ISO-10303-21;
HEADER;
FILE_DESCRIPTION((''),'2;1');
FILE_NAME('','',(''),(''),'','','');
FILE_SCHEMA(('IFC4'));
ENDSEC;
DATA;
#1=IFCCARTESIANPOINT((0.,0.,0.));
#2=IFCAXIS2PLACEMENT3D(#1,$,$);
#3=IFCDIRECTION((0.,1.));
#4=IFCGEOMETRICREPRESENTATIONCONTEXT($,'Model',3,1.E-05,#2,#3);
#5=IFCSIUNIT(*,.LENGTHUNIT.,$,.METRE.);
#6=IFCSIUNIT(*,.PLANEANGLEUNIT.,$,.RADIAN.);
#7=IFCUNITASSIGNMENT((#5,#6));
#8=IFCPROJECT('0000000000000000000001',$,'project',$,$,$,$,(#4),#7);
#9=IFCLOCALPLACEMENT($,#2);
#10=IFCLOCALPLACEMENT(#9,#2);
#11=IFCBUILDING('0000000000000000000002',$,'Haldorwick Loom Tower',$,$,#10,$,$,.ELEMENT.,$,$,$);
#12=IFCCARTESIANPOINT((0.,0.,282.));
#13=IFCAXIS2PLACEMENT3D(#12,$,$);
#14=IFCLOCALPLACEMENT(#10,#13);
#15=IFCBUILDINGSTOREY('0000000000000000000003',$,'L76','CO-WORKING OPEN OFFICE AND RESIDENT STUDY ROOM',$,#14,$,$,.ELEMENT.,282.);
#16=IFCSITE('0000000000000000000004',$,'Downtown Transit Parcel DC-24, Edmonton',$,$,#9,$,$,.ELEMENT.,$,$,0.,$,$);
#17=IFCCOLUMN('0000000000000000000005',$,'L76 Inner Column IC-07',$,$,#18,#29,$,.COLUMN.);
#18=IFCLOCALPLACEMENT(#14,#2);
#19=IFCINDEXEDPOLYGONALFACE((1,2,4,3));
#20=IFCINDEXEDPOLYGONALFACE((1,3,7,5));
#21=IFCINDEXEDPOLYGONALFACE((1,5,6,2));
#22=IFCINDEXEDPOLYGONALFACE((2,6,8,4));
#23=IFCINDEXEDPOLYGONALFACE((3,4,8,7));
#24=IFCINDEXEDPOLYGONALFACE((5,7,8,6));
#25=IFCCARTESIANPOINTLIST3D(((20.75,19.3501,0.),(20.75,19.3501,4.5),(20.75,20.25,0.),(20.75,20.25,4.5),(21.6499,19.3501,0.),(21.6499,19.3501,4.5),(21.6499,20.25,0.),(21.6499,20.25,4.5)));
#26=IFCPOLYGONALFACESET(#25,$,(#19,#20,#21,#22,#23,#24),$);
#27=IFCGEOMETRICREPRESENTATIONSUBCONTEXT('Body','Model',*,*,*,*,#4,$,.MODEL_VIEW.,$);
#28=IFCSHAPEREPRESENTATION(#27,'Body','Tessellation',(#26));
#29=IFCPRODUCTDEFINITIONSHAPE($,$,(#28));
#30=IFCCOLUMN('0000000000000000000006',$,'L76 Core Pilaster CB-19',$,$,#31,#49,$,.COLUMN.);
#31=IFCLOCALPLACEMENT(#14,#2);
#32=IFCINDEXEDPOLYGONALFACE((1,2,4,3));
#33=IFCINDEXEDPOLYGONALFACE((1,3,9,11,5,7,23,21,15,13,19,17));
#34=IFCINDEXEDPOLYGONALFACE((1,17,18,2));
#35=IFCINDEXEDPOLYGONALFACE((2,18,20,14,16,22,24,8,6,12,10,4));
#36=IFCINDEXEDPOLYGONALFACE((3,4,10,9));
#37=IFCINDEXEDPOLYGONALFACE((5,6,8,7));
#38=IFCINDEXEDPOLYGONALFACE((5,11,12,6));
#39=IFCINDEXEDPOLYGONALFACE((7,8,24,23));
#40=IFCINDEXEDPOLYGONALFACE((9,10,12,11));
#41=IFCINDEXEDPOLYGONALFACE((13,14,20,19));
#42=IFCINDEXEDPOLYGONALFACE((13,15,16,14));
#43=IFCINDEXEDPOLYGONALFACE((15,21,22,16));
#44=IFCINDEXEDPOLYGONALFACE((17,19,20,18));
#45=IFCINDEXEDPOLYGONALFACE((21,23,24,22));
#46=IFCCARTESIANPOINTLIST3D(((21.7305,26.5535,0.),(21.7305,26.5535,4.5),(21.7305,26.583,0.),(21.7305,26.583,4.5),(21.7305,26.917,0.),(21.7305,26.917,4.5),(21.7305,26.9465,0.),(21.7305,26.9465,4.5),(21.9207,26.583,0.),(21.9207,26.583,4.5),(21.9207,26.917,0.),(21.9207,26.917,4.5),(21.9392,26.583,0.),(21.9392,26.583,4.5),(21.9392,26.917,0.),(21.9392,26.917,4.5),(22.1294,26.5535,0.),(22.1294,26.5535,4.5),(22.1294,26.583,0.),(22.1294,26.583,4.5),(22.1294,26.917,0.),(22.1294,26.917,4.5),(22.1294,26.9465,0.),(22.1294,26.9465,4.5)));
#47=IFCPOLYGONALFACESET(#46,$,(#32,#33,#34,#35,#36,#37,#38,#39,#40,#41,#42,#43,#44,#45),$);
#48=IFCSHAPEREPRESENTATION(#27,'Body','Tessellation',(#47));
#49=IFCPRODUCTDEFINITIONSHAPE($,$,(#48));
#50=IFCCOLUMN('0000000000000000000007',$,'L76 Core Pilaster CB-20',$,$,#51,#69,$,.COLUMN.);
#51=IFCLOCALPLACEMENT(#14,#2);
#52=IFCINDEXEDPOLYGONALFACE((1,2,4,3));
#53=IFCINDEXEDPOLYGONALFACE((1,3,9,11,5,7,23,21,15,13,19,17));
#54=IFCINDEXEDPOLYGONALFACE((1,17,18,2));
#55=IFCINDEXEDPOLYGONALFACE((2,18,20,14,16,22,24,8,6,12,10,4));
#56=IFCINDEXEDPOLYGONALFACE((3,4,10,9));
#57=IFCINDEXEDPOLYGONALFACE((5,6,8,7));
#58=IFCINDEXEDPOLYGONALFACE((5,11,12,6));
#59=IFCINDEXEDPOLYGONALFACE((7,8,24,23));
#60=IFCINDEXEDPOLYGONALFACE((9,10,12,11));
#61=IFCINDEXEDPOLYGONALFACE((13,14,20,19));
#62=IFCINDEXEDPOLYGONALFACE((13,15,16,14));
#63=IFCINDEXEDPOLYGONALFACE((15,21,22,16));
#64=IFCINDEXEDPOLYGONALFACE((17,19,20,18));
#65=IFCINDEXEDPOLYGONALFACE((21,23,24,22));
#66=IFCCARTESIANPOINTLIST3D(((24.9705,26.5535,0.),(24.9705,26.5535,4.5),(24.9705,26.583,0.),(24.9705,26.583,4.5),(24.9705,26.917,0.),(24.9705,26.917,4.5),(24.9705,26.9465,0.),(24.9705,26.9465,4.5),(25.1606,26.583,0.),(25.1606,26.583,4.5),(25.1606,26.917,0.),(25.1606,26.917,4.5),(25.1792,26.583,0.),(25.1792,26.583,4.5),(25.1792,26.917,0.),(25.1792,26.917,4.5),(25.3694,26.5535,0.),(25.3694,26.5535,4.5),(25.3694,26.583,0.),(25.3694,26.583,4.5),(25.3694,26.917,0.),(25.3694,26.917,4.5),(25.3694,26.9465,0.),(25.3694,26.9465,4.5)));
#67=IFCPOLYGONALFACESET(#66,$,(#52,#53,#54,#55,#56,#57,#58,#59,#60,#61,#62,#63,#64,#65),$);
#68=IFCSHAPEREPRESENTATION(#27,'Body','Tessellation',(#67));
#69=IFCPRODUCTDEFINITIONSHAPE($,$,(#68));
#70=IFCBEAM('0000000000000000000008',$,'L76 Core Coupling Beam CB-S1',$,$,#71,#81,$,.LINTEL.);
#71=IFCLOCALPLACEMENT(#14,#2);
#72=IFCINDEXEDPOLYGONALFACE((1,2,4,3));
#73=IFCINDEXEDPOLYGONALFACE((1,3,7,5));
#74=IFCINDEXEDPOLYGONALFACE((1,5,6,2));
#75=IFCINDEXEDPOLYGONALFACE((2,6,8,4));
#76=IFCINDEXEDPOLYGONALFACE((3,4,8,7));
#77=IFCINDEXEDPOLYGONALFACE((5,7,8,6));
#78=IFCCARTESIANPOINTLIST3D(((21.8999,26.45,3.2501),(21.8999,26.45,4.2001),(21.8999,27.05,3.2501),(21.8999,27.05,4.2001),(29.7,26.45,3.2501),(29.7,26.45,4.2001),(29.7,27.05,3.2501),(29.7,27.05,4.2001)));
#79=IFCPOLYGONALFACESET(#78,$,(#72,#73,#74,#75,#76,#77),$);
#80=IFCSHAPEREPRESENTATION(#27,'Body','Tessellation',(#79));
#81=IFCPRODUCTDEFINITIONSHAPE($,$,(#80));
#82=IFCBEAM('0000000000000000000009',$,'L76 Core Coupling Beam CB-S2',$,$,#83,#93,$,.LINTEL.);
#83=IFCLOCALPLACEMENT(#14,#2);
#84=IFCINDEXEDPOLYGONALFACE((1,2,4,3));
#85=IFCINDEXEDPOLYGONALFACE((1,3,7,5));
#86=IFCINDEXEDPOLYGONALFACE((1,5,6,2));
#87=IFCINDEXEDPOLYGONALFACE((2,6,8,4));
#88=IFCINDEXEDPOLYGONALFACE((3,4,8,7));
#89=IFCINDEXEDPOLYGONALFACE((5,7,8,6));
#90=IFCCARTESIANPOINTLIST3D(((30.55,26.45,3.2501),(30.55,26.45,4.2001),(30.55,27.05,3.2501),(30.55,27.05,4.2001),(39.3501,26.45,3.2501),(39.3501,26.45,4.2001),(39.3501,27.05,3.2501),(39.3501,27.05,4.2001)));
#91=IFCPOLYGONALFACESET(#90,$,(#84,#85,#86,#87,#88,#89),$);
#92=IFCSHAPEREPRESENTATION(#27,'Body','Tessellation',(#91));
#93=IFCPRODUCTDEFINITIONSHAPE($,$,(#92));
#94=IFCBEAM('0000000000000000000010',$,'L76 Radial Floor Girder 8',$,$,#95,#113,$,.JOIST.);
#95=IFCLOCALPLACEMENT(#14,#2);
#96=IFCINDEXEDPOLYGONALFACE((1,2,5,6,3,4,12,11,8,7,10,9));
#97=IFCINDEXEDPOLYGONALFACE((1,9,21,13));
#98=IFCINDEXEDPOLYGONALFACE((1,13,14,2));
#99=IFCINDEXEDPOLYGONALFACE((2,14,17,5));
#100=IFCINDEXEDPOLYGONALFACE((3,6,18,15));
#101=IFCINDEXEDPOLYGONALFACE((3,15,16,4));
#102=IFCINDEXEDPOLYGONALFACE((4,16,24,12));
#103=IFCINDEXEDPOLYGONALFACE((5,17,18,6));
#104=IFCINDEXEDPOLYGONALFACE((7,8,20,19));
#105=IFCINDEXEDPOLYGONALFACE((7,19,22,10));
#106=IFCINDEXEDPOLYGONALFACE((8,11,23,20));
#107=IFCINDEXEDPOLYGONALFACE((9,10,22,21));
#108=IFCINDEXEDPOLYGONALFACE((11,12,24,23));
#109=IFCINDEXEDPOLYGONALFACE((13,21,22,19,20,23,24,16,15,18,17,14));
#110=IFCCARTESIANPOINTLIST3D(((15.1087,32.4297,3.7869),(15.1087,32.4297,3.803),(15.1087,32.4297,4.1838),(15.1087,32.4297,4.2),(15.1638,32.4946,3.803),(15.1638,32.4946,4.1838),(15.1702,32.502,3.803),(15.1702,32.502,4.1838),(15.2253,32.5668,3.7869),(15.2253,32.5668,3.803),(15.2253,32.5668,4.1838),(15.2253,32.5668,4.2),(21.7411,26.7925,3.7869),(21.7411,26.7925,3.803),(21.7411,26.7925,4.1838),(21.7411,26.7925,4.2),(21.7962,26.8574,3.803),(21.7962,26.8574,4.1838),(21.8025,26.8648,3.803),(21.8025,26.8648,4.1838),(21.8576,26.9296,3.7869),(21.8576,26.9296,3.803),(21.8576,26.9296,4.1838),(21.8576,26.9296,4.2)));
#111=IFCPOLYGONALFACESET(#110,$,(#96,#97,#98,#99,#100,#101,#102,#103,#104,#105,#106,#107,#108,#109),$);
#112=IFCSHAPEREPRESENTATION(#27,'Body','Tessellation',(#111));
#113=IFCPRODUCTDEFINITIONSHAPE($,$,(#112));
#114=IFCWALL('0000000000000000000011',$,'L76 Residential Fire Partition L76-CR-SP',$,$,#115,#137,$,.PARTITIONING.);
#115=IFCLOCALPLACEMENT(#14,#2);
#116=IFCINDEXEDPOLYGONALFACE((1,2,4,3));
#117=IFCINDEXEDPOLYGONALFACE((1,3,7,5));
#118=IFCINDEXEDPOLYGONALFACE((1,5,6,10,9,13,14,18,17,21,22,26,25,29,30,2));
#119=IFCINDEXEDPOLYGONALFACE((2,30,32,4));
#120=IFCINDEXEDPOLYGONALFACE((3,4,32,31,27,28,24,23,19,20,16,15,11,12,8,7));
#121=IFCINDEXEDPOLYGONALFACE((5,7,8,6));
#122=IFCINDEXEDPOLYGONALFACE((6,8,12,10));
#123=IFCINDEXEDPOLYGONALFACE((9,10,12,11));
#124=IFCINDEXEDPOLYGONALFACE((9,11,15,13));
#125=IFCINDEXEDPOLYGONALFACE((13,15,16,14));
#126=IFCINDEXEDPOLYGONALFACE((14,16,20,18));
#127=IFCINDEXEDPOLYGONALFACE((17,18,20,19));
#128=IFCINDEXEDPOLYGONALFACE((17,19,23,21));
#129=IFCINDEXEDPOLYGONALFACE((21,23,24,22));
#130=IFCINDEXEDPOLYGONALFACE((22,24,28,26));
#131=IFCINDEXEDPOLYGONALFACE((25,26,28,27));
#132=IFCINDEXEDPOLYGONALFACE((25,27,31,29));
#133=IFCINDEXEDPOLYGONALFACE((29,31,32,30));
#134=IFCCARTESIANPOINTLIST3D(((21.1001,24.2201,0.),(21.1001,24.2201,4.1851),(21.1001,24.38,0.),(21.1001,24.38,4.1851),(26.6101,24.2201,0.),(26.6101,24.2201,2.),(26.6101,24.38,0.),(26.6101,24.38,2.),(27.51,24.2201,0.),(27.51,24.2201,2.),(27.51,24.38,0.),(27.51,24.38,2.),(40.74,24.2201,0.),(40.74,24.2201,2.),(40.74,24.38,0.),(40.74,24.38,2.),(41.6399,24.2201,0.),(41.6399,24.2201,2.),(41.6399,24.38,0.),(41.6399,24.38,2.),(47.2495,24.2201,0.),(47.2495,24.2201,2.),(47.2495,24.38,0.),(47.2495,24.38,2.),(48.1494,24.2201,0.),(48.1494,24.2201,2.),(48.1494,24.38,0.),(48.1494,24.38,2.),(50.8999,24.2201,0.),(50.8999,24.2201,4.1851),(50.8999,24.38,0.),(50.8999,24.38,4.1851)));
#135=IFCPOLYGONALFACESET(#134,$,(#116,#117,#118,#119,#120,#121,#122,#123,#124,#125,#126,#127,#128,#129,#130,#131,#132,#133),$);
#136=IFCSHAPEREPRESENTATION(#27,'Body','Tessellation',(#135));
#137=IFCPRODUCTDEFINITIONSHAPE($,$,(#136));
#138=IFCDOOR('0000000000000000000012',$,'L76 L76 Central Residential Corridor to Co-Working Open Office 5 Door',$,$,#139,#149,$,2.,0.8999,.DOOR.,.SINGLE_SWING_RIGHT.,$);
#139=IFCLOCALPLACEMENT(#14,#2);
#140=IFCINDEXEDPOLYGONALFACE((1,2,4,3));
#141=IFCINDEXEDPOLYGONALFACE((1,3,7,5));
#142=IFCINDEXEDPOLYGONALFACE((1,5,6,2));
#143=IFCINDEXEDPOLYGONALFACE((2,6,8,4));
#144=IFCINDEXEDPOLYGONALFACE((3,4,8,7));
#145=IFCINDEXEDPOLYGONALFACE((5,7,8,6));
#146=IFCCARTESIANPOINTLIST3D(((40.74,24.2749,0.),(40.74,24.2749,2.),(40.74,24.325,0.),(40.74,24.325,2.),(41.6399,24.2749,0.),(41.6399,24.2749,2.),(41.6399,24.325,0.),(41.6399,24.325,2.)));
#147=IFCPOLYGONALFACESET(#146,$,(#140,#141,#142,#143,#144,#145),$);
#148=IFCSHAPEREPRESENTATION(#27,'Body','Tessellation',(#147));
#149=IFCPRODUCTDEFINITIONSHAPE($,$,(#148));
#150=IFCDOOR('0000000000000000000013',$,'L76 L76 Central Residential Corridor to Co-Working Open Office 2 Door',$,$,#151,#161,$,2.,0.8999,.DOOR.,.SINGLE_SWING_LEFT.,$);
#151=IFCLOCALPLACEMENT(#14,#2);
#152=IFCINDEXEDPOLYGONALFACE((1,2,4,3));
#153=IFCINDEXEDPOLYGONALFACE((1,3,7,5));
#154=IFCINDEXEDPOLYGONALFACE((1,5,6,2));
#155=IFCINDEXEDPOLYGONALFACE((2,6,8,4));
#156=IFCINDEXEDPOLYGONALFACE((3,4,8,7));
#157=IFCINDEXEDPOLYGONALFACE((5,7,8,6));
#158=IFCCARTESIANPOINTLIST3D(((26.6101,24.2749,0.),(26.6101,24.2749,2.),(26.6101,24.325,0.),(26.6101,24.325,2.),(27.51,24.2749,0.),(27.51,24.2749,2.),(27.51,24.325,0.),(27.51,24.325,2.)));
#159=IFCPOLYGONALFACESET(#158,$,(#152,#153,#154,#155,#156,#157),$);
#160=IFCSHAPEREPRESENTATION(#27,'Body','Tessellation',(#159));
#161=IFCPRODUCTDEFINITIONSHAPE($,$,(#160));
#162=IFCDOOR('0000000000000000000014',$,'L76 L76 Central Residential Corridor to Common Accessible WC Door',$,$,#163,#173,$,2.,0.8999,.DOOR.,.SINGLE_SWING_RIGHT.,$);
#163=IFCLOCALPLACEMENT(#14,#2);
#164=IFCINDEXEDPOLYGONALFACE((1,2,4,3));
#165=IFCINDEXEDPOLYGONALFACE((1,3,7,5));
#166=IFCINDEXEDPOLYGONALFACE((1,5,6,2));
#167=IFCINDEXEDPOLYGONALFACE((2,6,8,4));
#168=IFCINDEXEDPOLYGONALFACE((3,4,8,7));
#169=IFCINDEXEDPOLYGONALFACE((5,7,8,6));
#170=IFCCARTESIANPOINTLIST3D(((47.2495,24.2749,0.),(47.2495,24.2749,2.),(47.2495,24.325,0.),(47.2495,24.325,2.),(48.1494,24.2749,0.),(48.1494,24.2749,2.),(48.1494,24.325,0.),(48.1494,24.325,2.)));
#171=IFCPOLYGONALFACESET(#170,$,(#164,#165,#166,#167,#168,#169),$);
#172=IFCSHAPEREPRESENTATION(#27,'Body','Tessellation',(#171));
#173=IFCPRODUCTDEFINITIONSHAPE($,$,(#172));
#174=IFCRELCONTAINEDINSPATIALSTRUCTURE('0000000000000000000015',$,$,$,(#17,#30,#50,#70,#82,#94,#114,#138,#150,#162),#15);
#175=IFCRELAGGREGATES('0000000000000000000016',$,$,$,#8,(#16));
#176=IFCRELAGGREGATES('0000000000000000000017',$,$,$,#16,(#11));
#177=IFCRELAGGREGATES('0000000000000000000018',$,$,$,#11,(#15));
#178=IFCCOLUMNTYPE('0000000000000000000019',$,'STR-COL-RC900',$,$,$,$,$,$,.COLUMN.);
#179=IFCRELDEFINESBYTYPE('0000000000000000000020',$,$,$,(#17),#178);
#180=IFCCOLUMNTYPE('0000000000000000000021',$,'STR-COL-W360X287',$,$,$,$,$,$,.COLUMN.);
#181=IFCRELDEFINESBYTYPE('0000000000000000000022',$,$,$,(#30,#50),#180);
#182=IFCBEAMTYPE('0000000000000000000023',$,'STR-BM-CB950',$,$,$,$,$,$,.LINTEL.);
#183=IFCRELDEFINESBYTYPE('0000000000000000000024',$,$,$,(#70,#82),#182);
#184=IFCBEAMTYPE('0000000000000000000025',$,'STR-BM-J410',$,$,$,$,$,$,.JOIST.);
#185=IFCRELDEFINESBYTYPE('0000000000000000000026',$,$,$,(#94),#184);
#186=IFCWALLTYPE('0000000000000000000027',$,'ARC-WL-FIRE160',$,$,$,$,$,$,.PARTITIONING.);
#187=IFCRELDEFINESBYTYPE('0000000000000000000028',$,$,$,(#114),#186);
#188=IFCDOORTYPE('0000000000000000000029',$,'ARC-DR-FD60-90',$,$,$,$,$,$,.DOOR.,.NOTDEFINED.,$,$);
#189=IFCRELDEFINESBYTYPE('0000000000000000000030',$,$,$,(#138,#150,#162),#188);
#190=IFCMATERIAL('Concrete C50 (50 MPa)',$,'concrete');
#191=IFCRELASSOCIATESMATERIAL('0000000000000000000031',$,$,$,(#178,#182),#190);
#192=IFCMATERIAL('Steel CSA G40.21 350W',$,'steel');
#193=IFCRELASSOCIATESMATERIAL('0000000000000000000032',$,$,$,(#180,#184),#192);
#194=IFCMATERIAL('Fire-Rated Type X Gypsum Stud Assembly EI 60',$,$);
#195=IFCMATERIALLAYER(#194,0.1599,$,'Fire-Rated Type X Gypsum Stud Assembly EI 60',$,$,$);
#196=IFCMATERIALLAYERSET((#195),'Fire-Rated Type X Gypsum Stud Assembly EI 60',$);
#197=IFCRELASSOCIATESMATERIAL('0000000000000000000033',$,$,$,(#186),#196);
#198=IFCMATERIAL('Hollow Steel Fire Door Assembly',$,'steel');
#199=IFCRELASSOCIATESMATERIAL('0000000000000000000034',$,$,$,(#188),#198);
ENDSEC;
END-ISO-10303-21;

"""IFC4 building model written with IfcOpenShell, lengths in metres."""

from ifc_helpers import new_model, si_unit, direction, frame, frame_2d, origin, origin_2d, place, context, subcontext, project, spatial, rectangle, i_section, extrude, material, layer, layer_set, material_profile, profile_set, type_object, element, fill, save


model = new_model("IFC4")

# Units and contexts
model_context = context("Model", 3, precision=1e-05, world=origin(), true_north=direction((0.0, 1.0)))
body_context = subcontext(model_context, "Body", "Model", "MODEL_VIEW")
ifc_project = project(units=[si_unit("LENGTHUNIT", "METRE"), si_unit("PLANEANGLEUNIT", "RADIAN")], contexts=[model_context])

# Site, building, storey
site_placement = place(None, origin())
site = spatial("IfcSite", under=ifc_project, at=site_placement, Name="Downtown Transit Parcel DC-24, Edmonton", CompositionType="ELEMENT", RefElevation=0.0)
building_placement = place(site_placement, origin())
building = spatial("IfcBuilding", under=site, at=building_placement, Name="Haldorwick Loom Tower", CompositionType="ELEMENT")
storey_placement = place(building_placement, frame((0.0, 0.0, 282.0)))
storey = spatial("IfcBuildingStorey", under=building, at=storey_placement, Name="L76", Description="CO-WORKING OPEN OFFICE AND RESIDENT STUDY ROOM", CompositionType="ELEMENT", Elevation=282.0)

# Columns
ifc_material_1 = material(Name="Concrete C50 (50 MPa)", Category="concrete")
ifc_material_profile_1 = material_profile(ifc_material_1, rectangle(XDim=0.8999, YDim=0.8999, at=origin_2d()), Name="RC900X900", Category="concrete")
ifc_profile_set_1 = profile_set([ifc_material_profile_1], Name="Concrete C50 (50 MPa)")
column_type_1 = type_object("IfcColumnType", Name="STR-COL-RC900", PredefinedType="COLUMN", material=ifc_profile_set_1)
column_placement = place(storey_placement, frame((21.2, 19.8, 0.0), z_axis=(0.0, 0.0, 1.0), x_axis=(1.0, 0.0, 0.0)))
element("IfcColumn", 1, at=column_placement, inside=storey, type_object=column_type_1, Name="L76 Inner Column IC-07", PredefinedType="COLUMN", context=body_context, shape_type="SweptSolid", body=[
    extrude(rectangle(XDim=0.8999, YDim=0.8999, at=origin_2d()), origin(), (0.0, 0.0, 1.0), 4.5),
])
ifc_material_2 = material(Name="Steel CSA G40.21 350W", Category="steel")
ifc_material_profile_2 = material_profile(ifc_material_2, i_section(OverallWidth=0.3989, OverallDepth=0.3931, WebThickness=0.0186, FlangeThickness=0.0295, at=origin_2d()), Name="W360X287", Category="steel")
ifc_profile_set_2 = profile_set([ifc_material_profile_2], Name="Steel CSA G40.21 350W")
column_type_2 = type_object("IfcColumnType", Name="STR-COL-W360X287", PredefinedType="COLUMN", material=ifc_profile_set_2)
for number, where, z_axis, x_axis, name in (
    (2, (21.9299, 26.75, 0.0), (0.0, 0.0, 1.0), (1.0, 0.0, 0.0), "L76 Core Pilaster CB-19"),
    (3, (25.1699, 26.75, 0.0), (0.0, 0.0, 1.0), (1.0, 0.0, 0.0), "L76 Core Pilaster CB-20"),
):
    element("IfcColumn", number, at=place(storey_placement, frame(where, z_axis=z_axis, x_axis=x_axis)), inside=storey, type_object=column_type_2, Name=name, PredefinedType="COLUMN", context=body_context, shape_type="SweptSolid", body=[
        extrude(i_section(OverallWidth=0.3989, OverallDepth=0.3931, WebThickness=0.0186, FlangeThickness=0.0295, at=origin_2d()), origin(), (0.0, 0.0, 1.0), 4.5),
    ])

# Beams
ifc_material_profile_3 = material_profile(ifc_material_1, rectangle(XDim=0.6001, YDim=0.95, at=origin_2d()), Name="RC600X950", Category="concrete")
ifc_profile_set_3 = profile_set([ifc_material_profile_3], Name="Concrete C50 (50 MPa)")
beam_type_1 = type_object("IfcBeamType", Name="STR-BM-CB950", PredefinedType="LINTEL", material=ifc_profile_set_3)
beam_1_placement = place(storey_placement, frame((21.8999, 26.75, 3.7251), z_axis=(1.0, 0.0, 0.0), x_axis=(0.0, 1.0, 0.0)))
element("IfcBeam", 4, at=beam_1_placement, inside=storey, type_object=beam_type_1, Name="L76 Core Coupling Beam CB-S1", PredefinedType="LINTEL", context=body_context, shape_type="SweptSolid", body=[
    extrude(rectangle(XDim=0.6001, YDim=0.95, at=origin_2d()), origin(), (0.0, 0.0, 1.0), 7.8),
])
beam_2_placement = place(storey_placement, frame((30.55, 26.75, 3.7251), z_axis=(1.0, 0.0, 0.0), x_axis=(0.0, 1.0, 0.0)))
element("IfcBeam", 5, at=beam_2_placement, inside=storey, type_object=beam_type_1, Name="L76 Core Coupling Beam CB-S2", PredefinedType="LINTEL", context=body_context, shape_type="SweptSolid", body=[
    extrude(rectangle(XDim=0.6001, YDim=0.95, at=origin_2d()), origin(), (0.0, 0.0, 1.0), 8.8),
])
ifc_material_profile_4 = material_profile(ifc_material_2, i_section(OverallWidth=0.1799, OverallDepth=0.4131, WebThickness=0.0098, FlangeThickness=0.0161, at=origin_2d()), Name="W410X74", Category="steel")
ifc_profile_set_4 = profile_set([ifc_material_profile_4], Name="Steel CSA G40.21 350W")
beam_type_2 = type_object("IfcBeamType", Name="STR-BM-J410", PredefinedType="JOIST", material=ifc_profile_set_4)
beam_3_placement = place(storey_placement, frame((21.7993, 26.8611, 3.9934), z_axis=(-0.761955, 0.647631, 0.0), x_axis=(-0.647631, -0.761955, 0.0)))
element("IfcBeam", 6, at=beam_3_placement, inside=storey, type_object=beam_type_2, Name="L76 Radial Floor Girder 8", PredefinedType="JOIST", context=body_context, shape_type="SweptSolid", body=[
    extrude(i_section(OverallWidth=0.1799, OverallDepth=0.4131, WebThickness=0.0098, FlangeThickness=0.0161, at=origin_2d()), origin(), (0.0, 0.0, 1.0), 8.7043),
])

# Wall, openings, doors
ifc_material_3 = material(Name="Fire-Rated Type X Gypsum Stud Assembly EI 60")
ifc_layer_1 = layer(ifc_material_3, 0.1599, Name="Fire-Rated Type X Gypsum Stud Assembly EI 60")
ifc_layer_set_1 = layer_set([ifc_layer_1], Name="Fire-Rated Type X Gypsum Stud Assembly EI 60")
wall_type_1 = type_object("IfcWallType", Name="ARC-WL-FIRE160", PredefinedType="PARTITIONING", material=ifc_layer_set_1)
wall_1_placement = place(storey_placement, frame((21.1001, 24.3, 0.0), z_axis=(0.0, 0.0, 1.0), x_axis=(1.0, 0.0, 0.0)))
wall_1 = element("IfcWall", 7, at=wall_1_placement, inside=storey, type_object=wall_type_1, Name="L76 Residential Fire Partition L76-CR-SP", PredefinedType="PARTITIONING", context=body_context, shape_type="SweptSolid", body=[
    extrude(rectangle(XDim=29.7998, YDim=0.1599, at=frame_2d((14.8999, 0.0))), origin(), (0.0, 0.0, 1.0), 4.1851),
])
opening_1_placement = place(wall_1_placement, frame((19.6399, 0.0, 0.0)))
opening_1 = element("IfcOpeningElement", 8, at=opening_1_placement, cuts=wall_1, PredefinedType="OPENING", context=body_context, shape_type="SweptSolid", body=[
    extrude(rectangle(XDim=0.8999, YDim=2.0, at=frame_2d((0.45, 1.0))), frame((0.0, 0.0898, 0.0), z_axis=(0.0, -1.0, 0.0), x_axis=(1.0, 0.0, 0.0)), (0.0, 0.0, 1.0), 0.1799),
])
opening_2_placement = place(wall_1_placement, frame((5.51, 0.0, 0.0)))
opening_2 = element("IfcOpeningElement", 9, at=opening_2_placement, cuts=wall_1, PredefinedType="OPENING", context=body_context, shape_type="SweptSolid", body=[
    extrude(rectangle(XDim=0.8999, YDim=2.0, at=frame_2d((0.45, 1.0))), frame((0.0, 0.0898, 0.0), z_axis=(0.0, -1.0, 0.0), x_axis=(1.0, 0.0, 0.0)), (0.0, 0.0, 1.0), 0.1799),
])
opening_3_placement = place(wall_1_placement, frame((26.1494, 0.0, 0.0)))
opening_3 = element("IfcOpeningElement", 10, at=opening_3_placement, cuts=wall_1, PredefinedType="OPENING", context=body_context, shape_type="SweptSolid", body=[
    extrude(rectangle(XDim=0.8999, YDim=2.0, at=frame_2d((0.45, 1.0))), frame((0.0, 0.0898, 0.0), z_axis=(0.0, -1.0, 0.0), x_axis=(1.0, 0.0, 0.0)), (0.0, 0.0, 1.0), 0.1799),
])
ifc_material_4 = material(Name="Hollow Steel Fire Door Assembly", Category="steel")
door_type_1 = type_object("IfcDoorType", Name="ARC-DR-FD60-90", OperationType="NOTDEFINED", PredefinedType="DOOR", material=ifc_material_4)
door_1_placement = place(opening_1_placement, origin())
door_1 = element("IfcDoor", 11, at=door_1_placement, inside=storey, type_object=door_type_1, Name="L76 L76 Central Residential Corridor to Co-Working Open Office 5 Door", OperationType="SINGLE_SWING_RIGHT", OverallHeight=2.0, OverallWidth=0.8999, PredefinedType="DOOR", context=body_context, shape_type="SweptSolid", body=[
    extrude(rectangle(XDim=0.8999, YDim=2.0, at=frame_2d((0.45, 1.0))), frame((0.0, 0.0249, 0.0), z_axis=(0.0, -1.0, 0.0), x_axis=(1.0, 0.0, 0.0)), (0.0, 0.0, 1.0), 0.05),
])
fill(opening_1, door_1)
door_2_placement = place(opening_2_placement, origin())
door_2 = element("IfcDoor", 12, at=door_2_placement, inside=storey, type_object=door_type_1, Name="L76 L76 Central Residential Corridor to Co-Working Open Office 2 Door", OperationType="SINGLE_SWING_LEFT", OverallHeight=2.0, OverallWidth=0.8999, PredefinedType="DOOR", context=body_context, shape_type="SweptSolid", body=[
    extrude(rectangle(XDim=0.8999, YDim=2.0, at=frame_2d((0.45, 1.0))), frame((0.0, 0.0249, 0.0), z_axis=(0.0, -1.0, 0.0), x_axis=(1.0, 0.0, 0.0)), (0.0, 0.0, 1.0), 0.05),
])
fill(opening_2, door_2)
door_3_placement = place(opening_3_placement, origin())
door_3 = element("IfcDoor", 13, at=door_3_placement, inside=storey, type_object=door_type_1, Name="L76 L76 Central Residential Corridor to Common Accessible WC Door", OperationType="SINGLE_SWING_RIGHT", OverallHeight=2.0, OverallWidth=0.8999, PredefinedType="DOOR", context=body_context, shape_type="SweptSolid", body=[
    extrude(rectangle(XDim=0.8999, YDim=2.0, at=frame_2d((0.45, 1.0))), frame((0.0, 0.0249, 0.0), z_axis=(0.0, -1.0, 0.0), x_axis=(1.0, 0.0, 0.0)), (0.0, 0.0, 1.0), 0.05),
])
fill(opening_3, door_3)

save(model, "model.ifc")
